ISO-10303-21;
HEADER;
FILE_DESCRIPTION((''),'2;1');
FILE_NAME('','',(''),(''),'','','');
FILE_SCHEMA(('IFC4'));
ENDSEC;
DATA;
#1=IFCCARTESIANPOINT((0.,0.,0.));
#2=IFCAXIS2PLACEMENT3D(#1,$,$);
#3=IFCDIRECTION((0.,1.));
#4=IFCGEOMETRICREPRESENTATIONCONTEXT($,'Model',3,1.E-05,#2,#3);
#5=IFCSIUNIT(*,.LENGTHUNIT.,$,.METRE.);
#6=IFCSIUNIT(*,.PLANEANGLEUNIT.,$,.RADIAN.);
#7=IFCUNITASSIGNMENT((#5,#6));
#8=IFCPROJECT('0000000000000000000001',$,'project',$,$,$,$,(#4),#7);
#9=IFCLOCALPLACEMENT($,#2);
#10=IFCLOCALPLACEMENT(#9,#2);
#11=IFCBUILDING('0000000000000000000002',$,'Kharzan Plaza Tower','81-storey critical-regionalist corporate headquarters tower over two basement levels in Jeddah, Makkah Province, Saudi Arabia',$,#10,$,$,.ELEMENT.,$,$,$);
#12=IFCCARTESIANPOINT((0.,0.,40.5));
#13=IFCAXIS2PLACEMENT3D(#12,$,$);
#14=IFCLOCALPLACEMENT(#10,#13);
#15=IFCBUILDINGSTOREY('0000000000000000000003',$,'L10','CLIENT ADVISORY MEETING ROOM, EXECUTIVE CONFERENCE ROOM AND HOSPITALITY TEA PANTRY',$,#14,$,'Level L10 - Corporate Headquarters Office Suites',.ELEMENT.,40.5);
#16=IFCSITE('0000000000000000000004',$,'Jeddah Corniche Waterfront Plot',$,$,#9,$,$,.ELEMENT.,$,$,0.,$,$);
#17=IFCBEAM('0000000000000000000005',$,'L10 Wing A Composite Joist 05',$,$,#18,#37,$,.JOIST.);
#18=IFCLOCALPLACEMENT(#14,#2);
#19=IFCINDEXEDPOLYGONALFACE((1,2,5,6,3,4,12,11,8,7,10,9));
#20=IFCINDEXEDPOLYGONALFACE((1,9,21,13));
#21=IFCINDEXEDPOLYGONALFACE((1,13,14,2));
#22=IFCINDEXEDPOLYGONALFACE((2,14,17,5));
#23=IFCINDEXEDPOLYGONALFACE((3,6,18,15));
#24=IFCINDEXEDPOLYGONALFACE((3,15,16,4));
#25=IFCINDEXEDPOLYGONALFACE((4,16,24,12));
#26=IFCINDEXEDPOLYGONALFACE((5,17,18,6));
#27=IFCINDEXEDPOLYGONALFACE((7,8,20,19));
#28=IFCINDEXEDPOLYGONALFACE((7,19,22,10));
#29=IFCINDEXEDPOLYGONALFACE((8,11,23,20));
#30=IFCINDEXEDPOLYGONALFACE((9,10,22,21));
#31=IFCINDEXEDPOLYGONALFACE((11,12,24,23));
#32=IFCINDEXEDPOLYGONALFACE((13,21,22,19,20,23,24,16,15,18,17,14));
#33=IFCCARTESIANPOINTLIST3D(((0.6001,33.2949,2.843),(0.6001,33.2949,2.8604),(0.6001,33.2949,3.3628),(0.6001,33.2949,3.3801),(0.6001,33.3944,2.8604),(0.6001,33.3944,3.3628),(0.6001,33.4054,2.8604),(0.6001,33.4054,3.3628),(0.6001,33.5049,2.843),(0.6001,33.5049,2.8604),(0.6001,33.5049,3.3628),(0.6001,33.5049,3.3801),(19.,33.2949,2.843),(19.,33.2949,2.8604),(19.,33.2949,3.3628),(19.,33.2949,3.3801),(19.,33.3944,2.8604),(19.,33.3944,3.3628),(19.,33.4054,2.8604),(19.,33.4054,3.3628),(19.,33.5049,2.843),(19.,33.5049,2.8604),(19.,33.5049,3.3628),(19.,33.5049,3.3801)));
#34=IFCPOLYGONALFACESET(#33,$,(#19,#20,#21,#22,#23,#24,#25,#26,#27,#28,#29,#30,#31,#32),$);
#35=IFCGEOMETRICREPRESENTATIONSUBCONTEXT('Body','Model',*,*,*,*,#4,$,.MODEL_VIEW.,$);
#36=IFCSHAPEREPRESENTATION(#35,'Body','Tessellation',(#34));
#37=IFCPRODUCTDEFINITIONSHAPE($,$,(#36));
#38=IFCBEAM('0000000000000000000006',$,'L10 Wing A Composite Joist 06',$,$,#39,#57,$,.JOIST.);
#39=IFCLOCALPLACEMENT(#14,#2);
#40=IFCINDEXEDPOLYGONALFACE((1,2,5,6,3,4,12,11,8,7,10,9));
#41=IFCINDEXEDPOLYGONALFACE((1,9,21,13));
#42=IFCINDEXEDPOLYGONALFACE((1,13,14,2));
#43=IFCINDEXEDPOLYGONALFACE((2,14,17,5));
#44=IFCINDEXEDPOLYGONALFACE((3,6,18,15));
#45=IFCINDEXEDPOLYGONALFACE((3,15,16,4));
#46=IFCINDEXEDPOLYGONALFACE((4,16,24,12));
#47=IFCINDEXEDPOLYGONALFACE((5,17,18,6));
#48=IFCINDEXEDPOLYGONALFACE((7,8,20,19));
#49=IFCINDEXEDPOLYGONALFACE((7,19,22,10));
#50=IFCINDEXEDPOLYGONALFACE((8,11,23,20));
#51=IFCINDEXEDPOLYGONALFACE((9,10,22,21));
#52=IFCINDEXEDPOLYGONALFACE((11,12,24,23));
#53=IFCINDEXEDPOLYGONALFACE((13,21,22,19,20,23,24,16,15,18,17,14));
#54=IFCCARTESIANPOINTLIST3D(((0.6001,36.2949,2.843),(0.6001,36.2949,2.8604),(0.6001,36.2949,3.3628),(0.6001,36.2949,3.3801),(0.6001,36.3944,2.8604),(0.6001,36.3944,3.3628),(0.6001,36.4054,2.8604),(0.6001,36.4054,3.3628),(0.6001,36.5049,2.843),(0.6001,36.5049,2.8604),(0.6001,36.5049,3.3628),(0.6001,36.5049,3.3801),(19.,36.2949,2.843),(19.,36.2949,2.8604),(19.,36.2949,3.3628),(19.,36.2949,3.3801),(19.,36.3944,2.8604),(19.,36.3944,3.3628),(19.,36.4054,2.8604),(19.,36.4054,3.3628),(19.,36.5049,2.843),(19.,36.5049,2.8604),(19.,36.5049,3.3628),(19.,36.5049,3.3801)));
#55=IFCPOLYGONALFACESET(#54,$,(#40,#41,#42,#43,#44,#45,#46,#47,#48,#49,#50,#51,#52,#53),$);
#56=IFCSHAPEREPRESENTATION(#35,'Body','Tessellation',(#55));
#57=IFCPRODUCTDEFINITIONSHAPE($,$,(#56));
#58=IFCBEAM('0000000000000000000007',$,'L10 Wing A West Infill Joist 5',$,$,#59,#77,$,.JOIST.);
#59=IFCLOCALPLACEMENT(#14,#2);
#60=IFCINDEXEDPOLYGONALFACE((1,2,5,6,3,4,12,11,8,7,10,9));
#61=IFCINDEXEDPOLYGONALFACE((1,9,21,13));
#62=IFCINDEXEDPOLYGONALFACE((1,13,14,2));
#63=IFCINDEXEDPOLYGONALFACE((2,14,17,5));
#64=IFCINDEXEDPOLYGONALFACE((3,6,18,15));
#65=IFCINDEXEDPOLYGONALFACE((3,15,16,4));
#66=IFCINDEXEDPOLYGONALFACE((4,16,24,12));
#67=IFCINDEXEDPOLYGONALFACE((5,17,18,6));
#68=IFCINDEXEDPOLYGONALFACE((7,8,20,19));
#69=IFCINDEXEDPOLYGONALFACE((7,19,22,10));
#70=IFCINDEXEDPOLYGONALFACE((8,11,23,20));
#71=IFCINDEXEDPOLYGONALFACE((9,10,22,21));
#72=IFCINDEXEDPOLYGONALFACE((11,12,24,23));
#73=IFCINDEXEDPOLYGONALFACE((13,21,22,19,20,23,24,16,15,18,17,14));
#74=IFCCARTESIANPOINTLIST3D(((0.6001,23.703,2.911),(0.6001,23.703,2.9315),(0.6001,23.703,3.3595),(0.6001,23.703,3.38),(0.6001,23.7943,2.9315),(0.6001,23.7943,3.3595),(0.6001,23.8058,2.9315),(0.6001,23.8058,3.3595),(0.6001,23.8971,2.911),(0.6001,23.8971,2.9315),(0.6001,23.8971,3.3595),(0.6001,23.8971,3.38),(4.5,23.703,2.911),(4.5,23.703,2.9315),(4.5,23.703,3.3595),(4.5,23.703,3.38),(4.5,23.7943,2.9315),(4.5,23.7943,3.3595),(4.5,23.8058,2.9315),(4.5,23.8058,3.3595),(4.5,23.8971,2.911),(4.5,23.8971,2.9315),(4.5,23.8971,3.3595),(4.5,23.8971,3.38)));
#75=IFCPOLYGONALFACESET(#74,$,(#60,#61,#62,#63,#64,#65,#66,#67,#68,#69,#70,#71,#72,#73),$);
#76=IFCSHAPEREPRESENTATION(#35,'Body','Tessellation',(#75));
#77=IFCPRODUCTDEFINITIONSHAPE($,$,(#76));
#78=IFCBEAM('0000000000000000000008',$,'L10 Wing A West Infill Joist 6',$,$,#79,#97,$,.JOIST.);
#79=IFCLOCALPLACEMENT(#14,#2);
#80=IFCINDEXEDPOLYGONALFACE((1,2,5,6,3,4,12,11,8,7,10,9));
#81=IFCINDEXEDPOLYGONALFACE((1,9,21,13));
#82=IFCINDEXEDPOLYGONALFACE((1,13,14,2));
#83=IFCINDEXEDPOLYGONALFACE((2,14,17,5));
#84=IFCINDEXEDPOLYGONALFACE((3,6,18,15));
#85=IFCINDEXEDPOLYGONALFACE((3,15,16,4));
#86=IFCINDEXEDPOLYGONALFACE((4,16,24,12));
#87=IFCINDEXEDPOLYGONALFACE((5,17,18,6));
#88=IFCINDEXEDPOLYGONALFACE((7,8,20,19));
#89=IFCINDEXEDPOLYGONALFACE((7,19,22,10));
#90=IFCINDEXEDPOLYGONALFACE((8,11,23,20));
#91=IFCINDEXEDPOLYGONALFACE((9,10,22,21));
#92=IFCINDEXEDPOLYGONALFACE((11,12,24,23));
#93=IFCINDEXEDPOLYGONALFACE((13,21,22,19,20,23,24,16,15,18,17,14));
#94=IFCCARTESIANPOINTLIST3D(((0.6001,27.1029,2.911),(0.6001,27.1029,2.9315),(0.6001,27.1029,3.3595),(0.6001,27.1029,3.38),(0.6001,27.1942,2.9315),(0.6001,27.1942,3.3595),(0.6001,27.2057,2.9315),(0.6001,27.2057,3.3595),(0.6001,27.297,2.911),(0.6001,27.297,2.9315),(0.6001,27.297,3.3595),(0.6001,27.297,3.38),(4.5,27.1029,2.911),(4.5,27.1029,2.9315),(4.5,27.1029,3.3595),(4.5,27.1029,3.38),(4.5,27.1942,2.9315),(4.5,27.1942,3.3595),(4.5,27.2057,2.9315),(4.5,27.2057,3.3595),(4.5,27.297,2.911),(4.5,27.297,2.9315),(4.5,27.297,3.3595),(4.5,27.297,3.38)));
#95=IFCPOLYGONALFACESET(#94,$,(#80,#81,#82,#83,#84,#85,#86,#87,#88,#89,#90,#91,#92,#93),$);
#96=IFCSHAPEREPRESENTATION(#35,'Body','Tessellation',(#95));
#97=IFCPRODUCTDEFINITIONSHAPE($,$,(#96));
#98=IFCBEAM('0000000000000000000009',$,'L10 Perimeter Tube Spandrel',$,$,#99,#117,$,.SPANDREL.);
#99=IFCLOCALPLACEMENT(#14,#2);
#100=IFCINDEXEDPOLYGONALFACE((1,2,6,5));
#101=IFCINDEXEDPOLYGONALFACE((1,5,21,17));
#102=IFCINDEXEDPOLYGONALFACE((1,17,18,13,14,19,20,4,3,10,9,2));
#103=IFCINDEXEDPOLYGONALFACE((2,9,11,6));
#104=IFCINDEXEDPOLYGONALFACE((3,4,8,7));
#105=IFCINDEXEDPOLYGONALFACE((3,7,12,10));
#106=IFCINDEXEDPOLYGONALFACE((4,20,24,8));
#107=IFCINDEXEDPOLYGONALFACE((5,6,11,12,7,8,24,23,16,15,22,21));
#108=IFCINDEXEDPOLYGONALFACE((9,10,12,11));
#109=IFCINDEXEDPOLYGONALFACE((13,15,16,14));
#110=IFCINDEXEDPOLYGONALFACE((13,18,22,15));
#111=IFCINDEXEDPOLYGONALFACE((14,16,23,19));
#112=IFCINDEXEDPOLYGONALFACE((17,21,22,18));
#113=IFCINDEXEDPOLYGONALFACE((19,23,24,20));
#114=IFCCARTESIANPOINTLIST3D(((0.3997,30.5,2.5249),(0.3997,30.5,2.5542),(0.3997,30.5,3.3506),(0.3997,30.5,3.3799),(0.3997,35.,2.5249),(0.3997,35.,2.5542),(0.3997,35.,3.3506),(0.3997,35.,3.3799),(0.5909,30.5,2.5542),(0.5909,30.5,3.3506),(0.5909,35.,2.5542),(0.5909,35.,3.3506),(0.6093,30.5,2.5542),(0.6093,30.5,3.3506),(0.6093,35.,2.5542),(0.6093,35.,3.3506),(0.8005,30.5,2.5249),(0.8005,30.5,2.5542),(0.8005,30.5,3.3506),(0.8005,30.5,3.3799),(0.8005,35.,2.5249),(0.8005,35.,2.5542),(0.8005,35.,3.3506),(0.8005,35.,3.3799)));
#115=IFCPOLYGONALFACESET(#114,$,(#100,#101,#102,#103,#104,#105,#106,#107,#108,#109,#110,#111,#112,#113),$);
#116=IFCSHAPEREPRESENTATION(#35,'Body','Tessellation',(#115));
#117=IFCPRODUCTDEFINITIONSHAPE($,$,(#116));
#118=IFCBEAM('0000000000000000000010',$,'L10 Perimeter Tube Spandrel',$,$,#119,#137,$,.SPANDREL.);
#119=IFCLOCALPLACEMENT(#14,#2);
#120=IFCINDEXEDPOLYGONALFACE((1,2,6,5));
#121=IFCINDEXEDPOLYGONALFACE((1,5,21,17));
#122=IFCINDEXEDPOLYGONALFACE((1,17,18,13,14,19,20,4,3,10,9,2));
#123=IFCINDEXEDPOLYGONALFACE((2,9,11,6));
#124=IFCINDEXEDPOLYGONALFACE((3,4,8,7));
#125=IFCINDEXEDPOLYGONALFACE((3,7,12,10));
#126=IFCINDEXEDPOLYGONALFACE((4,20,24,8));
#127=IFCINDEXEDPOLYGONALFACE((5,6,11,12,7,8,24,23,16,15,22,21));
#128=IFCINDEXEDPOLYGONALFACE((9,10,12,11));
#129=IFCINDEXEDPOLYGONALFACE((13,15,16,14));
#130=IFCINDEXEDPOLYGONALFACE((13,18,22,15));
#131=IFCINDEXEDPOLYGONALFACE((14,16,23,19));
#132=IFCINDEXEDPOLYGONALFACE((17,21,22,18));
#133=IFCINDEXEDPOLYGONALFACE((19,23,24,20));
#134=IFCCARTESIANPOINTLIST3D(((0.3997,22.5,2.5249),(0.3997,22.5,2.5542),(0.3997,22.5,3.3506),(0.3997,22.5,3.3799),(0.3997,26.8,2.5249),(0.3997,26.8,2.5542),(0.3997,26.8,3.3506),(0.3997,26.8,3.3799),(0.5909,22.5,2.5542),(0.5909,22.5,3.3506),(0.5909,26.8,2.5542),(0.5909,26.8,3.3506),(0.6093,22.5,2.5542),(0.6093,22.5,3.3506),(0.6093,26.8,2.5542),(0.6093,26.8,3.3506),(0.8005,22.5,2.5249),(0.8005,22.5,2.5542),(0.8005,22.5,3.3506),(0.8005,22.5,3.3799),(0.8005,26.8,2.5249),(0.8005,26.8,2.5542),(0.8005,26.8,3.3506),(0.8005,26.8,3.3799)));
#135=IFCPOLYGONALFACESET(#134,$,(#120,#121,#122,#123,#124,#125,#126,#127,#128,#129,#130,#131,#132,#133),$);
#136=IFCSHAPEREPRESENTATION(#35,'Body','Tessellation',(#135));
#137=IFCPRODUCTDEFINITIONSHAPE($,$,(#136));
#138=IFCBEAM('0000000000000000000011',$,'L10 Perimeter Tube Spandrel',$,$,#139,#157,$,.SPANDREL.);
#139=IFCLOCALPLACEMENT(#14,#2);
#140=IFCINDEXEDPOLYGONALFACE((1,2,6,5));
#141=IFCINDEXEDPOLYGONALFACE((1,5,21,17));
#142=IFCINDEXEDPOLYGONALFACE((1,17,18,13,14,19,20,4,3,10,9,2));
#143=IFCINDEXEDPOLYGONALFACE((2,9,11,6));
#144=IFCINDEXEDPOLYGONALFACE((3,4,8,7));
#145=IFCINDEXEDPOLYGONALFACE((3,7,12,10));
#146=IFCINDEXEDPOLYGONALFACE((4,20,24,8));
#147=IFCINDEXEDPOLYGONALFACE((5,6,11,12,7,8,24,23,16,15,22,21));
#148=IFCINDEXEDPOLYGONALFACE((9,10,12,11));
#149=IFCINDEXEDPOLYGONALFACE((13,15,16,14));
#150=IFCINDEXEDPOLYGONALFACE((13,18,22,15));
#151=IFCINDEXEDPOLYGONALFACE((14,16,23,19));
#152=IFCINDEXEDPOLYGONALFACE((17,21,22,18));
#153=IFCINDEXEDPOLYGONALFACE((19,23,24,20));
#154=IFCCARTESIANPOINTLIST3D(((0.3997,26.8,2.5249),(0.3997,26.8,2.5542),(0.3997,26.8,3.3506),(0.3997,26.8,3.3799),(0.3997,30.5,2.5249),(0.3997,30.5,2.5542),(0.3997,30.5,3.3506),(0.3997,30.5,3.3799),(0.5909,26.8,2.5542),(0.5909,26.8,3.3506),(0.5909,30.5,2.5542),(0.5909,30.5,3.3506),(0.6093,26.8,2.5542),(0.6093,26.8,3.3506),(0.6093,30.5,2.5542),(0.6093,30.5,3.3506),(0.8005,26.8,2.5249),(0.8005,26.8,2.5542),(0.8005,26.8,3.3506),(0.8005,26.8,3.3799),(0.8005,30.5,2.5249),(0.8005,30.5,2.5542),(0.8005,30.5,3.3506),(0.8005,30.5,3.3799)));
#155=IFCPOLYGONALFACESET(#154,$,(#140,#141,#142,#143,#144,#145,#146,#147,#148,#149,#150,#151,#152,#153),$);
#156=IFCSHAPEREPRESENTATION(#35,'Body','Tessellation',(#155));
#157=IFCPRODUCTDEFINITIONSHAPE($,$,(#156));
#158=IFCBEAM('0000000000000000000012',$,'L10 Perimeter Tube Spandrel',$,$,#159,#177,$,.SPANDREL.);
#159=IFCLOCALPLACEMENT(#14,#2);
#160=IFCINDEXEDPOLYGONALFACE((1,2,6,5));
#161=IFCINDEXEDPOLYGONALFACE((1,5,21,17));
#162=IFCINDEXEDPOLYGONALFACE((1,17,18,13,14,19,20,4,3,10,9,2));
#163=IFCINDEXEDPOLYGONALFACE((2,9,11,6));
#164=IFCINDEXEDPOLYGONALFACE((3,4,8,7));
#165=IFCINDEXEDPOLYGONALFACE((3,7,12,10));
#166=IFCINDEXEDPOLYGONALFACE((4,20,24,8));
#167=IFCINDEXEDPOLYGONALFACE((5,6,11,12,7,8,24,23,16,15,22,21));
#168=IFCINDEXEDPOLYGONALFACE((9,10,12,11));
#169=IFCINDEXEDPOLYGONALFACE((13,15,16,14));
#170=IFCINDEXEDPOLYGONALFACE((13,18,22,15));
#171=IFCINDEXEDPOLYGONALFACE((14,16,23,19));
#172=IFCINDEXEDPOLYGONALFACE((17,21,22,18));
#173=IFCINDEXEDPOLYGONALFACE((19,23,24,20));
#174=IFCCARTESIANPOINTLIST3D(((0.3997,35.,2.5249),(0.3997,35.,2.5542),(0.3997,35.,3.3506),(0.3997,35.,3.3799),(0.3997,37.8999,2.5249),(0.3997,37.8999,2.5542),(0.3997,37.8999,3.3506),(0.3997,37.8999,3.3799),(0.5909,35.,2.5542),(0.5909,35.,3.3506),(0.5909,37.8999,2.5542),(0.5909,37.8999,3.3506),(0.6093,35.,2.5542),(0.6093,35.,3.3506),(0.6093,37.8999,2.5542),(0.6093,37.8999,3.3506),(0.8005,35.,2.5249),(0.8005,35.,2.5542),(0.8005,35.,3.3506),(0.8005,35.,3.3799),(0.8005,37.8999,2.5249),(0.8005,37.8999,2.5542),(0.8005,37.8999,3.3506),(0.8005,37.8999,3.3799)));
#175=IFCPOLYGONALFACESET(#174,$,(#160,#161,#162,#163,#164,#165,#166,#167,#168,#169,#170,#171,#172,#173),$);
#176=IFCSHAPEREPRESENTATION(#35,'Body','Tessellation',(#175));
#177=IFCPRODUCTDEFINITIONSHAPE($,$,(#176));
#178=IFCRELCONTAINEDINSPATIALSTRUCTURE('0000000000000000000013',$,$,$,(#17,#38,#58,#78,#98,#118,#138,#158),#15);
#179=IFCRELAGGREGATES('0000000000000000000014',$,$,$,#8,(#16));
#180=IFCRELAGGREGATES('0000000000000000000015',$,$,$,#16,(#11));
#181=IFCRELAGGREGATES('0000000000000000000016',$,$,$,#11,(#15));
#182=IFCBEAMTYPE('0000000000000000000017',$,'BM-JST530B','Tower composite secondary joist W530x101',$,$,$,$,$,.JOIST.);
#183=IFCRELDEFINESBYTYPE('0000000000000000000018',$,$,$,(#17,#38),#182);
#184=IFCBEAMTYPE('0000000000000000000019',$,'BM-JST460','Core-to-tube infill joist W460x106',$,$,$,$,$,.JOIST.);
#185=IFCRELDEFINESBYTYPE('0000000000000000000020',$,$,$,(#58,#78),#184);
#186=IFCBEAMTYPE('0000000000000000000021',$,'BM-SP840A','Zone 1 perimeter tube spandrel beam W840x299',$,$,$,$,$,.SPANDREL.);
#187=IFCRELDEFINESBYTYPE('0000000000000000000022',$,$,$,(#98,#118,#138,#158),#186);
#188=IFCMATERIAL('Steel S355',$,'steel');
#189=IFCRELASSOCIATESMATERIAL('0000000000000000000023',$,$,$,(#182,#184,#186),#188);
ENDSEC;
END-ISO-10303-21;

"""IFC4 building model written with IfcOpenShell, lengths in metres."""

from ifc_helpers import new_model, si_unit, direction, frame, origin, origin_2d, place, context, subcontext, project, spatial, i_section, extrude, source, transform, mapped, material, material_profile, profile_set, type_object, element, save


model = new_model("IFC4")

# Units and contexts
model_context = context("Model", 3, precision=1e-05, world=origin(), true_north=direction((0.0, 1.0)))
body_context = subcontext(model_context, "Body", "Model", "MODEL_VIEW")
ifc_project = project(units=[si_unit("LENGTHUNIT", "METRE"), si_unit("PLANEANGLEUNIT", "RADIAN")], contexts=[model_context])

# Site, building, storey
site_placement = place(None, origin())
site = spatial("IfcSite", under=ifc_project, at=site_placement, Name="Jeddah Corniche Waterfront Plot", CompositionType="ELEMENT", RefElevation=0.0)
building_placement = place(site_placement, origin())
building = spatial("IfcBuilding", under=site, at=building_placement, Name="Kharzan Plaza Tower", Description="81-storey critical-regionalist corporate headquarters tower over two basement levels in Jeddah, Makkah Province, Saudi Arabia", CompositionType="ELEMENT")
storey_placement = place(building_placement, frame((0.0, 0.0, 40.5)))
storey = spatial("IfcBuildingStorey", under=building, at=storey_placement, Name="L10", Description="CLIENT ADVISORY MEETING ROOM, EXECUTIVE CONFERENCE ROOM AND HOSPITALITY TEA PANTRY", LongName="Level L10 - Corporate Headquarters Office Suites", CompositionType="ELEMENT", Elevation=40.5)

# Beams
ifc_material_1 = material(Name="Steel S355", Category="steel")
ifc_material_profile_1 = material_profile(ifc_material_1, i_section(OverallWidth=0.21, OverallDepth=0.5371, WebThickness=0.011, FlangeThickness=0.0173, at=origin_2d()), Name="W530x101")
ifc_profile_set_1 = profile_set([ifc_material_profile_1], Name="Steel S355")
beam_type_1 = type_object("IfcBeamType", Name="BM-JST530B", Description="Tower composite secondary joist W530x101", PredefinedType="JOIST", material=ifc_profile_set_1)
shared_shape_1 = source(origin(), body_context, "Body", "SweptSolid", [
    extrude(i_section(OverallWidth=0.21, OverallDepth=0.5371, WebThickness=0.011, FlangeThickness=0.0173, at=origin_2d()), origin(), (0.0, 0.0, 1.0), 18.3999),
])
for number, where, z_axis, x_axis, name in (
    (1, (0.6001, 33.3999, 3.1116), (1.0, 0.0, 0.0), (0.0, 1.0, 0.0), "L10 Wing A Composite Joist 05"),
    (2, (0.6001, 36.3999, 3.1116), (1.0, 0.0, 0.0), (0.0, 1.0, 0.0), "L10 Wing A Composite Joist 06"),
):
    element("IfcBeam", number, at=place(storey_placement, frame(where, z_axis=z_axis, x_axis=x_axis)), inside=storey, type_object=beam_type_1, Name=name, PredefinedType="JOIST", context=body_context, shape_type="MappedRepresentation", body=[
        mapped(shared_shape_1, transform((0.0, 0.0, 0.0), x_axis=(1.0, 0.0, 0.0), y_axis=(0.0, 1.0, 0.0), z_axis=(0.0, 0.0, 1.0))),
    ])
ifc_material_profile_2 = material_profile(ifc_material_1, i_section(OverallWidth=0.1941, OverallDepth=0.469, WebThickness=0.0115, FlangeThickness=0.0205, at=origin_2d()), Name="W460x106")
ifc_profile_set_2 = profile_set([ifc_material_profile_2], Name="Steel S355")
beam_type_2 = type_object("IfcBeamType", Name="BM-JST460", Description="Core-to-tube infill joist W460x106", PredefinedType="JOIST", material=ifc_profile_set_2)
shared_shape_2 = source(origin(), body_context, "Body", "SweptSolid", [
    extrude(i_section(OverallWidth=0.1941, OverallDepth=0.469, WebThickness=0.0115, FlangeThickness=0.0205, at=origin_2d()), origin(), (0.0, 0.0, 1.0), 3.8999),
])
for number, where, z_axis, x_axis, name in (
    (3, (0.6001, 23.8, 3.1455), (1.0, 0.0, 0.0), (0.0, 1.0, 0.0), "L10 Wing A West Infill Joist 5"),
    (4, (0.6001, 27.2, 3.1455), (1.0, 0.0, 0.0), (0.0, 1.0, 0.0), "L10 Wing A West Infill Joist 6"),
):
    element("IfcBeam", number, at=place(storey_placement, frame(where, z_axis=z_axis, x_axis=x_axis)), inside=storey, type_object=beam_type_2, Name=name, PredefinedType="JOIST", context=body_context, shape_type="MappedRepresentation", body=[
        mapped(shared_shape_2, transform((0.0, 0.0, 0.0), x_axis=(1.0, 0.0, 0.0), y_axis=(0.0, 1.0, 0.0), z_axis=(0.0, 0.0, 1.0))),
    ])
ifc_material_profile_3 = material_profile(ifc_material_1, i_section(OverallWidth=0.4009, OverallDepth=0.855, WebThickness=0.0183, FlangeThickness=0.0293, at=origin_2d()), Name="W840x299")
ifc_profile_set_3 = profile_set([ifc_material_profile_3], Name="Steel S355")
beam_type_3 = type_object("IfcBeamType", Name="BM-SP840A", Description="Zone 1 perimeter tube spandrel beam W840x299", PredefinedType="SPANDREL", material=ifc_profile_set_3)
shared_shape_3 = source(origin(), body_context, "Body", "SweptSolid", [
    extrude(i_section(OverallWidth=0.4009, OverallDepth=0.855, WebThickness=0.0183, FlangeThickness=0.0293, at=origin_2d()), origin(), (0.0, 0.0, 1.0), 4.5),
])
beam_1_placement = place(storey_placement, frame((0.6001, 30.5, 2.9524), z_axis=(0.0, 1.0, 0.0), x_axis=(-1.0, 0.0, 0.0)))
element("IfcBeam", 5, at=beam_1_placement, inside=storey, type_object=beam_type_3, Name="L10 Perimeter Tube Spandrel", PredefinedType="SPANDREL", context=body_context, shape_type="MappedRepresentation", body=[
    mapped(shared_shape_3, transform((0.0, 0.0, 0.0), x_axis=(1.0, 0.0, 0.0), y_axis=(0.0, 1.0, 0.0), z_axis=(0.0, 0.0, 1.0))),
])
shared_shape_4 = source(origin(), body_context, "Body", "SweptSolid", [
    extrude(i_section(OverallWidth=0.4009, OverallDepth=0.855, WebThickness=0.0183, FlangeThickness=0.0293, at=origin_2d()), origin(), (0.0, 0.0, 1.0), 4.3),
])
beam_2_placement = place(storey_placement, frame((0.6001, 22.5, 2.9524), z_axis=(0.0, 1.0, 0.0), x_axis=(-1.0, 0.0, 0.0)))
element("IfcBeam", 6, at=beam_2_placement, inside=storey, type_object=beam_type_3, Name="L10 Perimeter Tube Spandrel", PredefinedType="SPANDREL", context=body_context, shape_type="MappedRepresentation", body=[
    mapped(shared_shape_4, transform((0.0, 0.0, 0.0), x_axis=(1.0, 0.0, 0.0), y_axis=(0.0, 1.0, 0.0), z_axis=(0.0, 0.0, 1.0))),
])
shared_shape_5 = source(origin(), body_context, "Body", "SweptSolid", [
    extrude(i_section(OverallWidth=0.4009, OverallDepth=0.855, WebThickness=0.0183, FlangeThickness=0.0293, at=origin_2d()), origin(), (0.0, 0.0, 1.0), 3.7),
])
beam_3_placement = place(storey_placement, frame((0.6001, 26.8, 2.9524), z_axis=(0.0, 1.0, 0.0), x_axis=(-1.0, 0.0, 0.0)))
element("IfcBeam", 7, at=beam_3_placement, inside=storey, type_object=beam_type_3, Name="L10 Perimeter Tube Spandrel", PredefinedType="SPANDREL", context=body_context, shape_type="MappedRepresentation", body=[
    mapped(shared_shape_5, transform((0.0, 0.0, 0.0), x_axis=(1.0, 0.0, 0.0), y_axis=(0.0, 1.0, 0.0), z_axis=(0.0, 0.0, 1.0))),
])
shared_shape_6 = source(origin(), body_context, "Body", "SweptSolid", [
    extrude(i_section(OverallWidth=0.4009, OverallDepth=0.855, WebThickness=0.0183, FlangeThickness=0.0293, at=origin_2d()), origin(), (0.0, 0.0, 1.0), 2.8999),
])
beam_4_placement = place(storey_placement, frame((0.6001, 35.0, 2.9524), z_axis=(0.0, 1.0, 0.0), x_axis=(-1.0, 0.0, 0.0)))
element("IfcBeam", 8, at=beam_4_placement, inside=storey, type_object=beam_type_3, Name="L10 Perimeter Tube Spandrel", PredefinedType="SPANDREL", context=body_context, shape_type="MappedRepresentation", body=[
    mapped(shared_shape_6, transform((0.0, 0.0, 0.0), x_axis=(1.0, 0.0, 0.0), y_axis=(0.0, 1.0, 0.0), z_axis=(0.0, 0.0, 1.0))),
])

save(model, "model.ifc")
